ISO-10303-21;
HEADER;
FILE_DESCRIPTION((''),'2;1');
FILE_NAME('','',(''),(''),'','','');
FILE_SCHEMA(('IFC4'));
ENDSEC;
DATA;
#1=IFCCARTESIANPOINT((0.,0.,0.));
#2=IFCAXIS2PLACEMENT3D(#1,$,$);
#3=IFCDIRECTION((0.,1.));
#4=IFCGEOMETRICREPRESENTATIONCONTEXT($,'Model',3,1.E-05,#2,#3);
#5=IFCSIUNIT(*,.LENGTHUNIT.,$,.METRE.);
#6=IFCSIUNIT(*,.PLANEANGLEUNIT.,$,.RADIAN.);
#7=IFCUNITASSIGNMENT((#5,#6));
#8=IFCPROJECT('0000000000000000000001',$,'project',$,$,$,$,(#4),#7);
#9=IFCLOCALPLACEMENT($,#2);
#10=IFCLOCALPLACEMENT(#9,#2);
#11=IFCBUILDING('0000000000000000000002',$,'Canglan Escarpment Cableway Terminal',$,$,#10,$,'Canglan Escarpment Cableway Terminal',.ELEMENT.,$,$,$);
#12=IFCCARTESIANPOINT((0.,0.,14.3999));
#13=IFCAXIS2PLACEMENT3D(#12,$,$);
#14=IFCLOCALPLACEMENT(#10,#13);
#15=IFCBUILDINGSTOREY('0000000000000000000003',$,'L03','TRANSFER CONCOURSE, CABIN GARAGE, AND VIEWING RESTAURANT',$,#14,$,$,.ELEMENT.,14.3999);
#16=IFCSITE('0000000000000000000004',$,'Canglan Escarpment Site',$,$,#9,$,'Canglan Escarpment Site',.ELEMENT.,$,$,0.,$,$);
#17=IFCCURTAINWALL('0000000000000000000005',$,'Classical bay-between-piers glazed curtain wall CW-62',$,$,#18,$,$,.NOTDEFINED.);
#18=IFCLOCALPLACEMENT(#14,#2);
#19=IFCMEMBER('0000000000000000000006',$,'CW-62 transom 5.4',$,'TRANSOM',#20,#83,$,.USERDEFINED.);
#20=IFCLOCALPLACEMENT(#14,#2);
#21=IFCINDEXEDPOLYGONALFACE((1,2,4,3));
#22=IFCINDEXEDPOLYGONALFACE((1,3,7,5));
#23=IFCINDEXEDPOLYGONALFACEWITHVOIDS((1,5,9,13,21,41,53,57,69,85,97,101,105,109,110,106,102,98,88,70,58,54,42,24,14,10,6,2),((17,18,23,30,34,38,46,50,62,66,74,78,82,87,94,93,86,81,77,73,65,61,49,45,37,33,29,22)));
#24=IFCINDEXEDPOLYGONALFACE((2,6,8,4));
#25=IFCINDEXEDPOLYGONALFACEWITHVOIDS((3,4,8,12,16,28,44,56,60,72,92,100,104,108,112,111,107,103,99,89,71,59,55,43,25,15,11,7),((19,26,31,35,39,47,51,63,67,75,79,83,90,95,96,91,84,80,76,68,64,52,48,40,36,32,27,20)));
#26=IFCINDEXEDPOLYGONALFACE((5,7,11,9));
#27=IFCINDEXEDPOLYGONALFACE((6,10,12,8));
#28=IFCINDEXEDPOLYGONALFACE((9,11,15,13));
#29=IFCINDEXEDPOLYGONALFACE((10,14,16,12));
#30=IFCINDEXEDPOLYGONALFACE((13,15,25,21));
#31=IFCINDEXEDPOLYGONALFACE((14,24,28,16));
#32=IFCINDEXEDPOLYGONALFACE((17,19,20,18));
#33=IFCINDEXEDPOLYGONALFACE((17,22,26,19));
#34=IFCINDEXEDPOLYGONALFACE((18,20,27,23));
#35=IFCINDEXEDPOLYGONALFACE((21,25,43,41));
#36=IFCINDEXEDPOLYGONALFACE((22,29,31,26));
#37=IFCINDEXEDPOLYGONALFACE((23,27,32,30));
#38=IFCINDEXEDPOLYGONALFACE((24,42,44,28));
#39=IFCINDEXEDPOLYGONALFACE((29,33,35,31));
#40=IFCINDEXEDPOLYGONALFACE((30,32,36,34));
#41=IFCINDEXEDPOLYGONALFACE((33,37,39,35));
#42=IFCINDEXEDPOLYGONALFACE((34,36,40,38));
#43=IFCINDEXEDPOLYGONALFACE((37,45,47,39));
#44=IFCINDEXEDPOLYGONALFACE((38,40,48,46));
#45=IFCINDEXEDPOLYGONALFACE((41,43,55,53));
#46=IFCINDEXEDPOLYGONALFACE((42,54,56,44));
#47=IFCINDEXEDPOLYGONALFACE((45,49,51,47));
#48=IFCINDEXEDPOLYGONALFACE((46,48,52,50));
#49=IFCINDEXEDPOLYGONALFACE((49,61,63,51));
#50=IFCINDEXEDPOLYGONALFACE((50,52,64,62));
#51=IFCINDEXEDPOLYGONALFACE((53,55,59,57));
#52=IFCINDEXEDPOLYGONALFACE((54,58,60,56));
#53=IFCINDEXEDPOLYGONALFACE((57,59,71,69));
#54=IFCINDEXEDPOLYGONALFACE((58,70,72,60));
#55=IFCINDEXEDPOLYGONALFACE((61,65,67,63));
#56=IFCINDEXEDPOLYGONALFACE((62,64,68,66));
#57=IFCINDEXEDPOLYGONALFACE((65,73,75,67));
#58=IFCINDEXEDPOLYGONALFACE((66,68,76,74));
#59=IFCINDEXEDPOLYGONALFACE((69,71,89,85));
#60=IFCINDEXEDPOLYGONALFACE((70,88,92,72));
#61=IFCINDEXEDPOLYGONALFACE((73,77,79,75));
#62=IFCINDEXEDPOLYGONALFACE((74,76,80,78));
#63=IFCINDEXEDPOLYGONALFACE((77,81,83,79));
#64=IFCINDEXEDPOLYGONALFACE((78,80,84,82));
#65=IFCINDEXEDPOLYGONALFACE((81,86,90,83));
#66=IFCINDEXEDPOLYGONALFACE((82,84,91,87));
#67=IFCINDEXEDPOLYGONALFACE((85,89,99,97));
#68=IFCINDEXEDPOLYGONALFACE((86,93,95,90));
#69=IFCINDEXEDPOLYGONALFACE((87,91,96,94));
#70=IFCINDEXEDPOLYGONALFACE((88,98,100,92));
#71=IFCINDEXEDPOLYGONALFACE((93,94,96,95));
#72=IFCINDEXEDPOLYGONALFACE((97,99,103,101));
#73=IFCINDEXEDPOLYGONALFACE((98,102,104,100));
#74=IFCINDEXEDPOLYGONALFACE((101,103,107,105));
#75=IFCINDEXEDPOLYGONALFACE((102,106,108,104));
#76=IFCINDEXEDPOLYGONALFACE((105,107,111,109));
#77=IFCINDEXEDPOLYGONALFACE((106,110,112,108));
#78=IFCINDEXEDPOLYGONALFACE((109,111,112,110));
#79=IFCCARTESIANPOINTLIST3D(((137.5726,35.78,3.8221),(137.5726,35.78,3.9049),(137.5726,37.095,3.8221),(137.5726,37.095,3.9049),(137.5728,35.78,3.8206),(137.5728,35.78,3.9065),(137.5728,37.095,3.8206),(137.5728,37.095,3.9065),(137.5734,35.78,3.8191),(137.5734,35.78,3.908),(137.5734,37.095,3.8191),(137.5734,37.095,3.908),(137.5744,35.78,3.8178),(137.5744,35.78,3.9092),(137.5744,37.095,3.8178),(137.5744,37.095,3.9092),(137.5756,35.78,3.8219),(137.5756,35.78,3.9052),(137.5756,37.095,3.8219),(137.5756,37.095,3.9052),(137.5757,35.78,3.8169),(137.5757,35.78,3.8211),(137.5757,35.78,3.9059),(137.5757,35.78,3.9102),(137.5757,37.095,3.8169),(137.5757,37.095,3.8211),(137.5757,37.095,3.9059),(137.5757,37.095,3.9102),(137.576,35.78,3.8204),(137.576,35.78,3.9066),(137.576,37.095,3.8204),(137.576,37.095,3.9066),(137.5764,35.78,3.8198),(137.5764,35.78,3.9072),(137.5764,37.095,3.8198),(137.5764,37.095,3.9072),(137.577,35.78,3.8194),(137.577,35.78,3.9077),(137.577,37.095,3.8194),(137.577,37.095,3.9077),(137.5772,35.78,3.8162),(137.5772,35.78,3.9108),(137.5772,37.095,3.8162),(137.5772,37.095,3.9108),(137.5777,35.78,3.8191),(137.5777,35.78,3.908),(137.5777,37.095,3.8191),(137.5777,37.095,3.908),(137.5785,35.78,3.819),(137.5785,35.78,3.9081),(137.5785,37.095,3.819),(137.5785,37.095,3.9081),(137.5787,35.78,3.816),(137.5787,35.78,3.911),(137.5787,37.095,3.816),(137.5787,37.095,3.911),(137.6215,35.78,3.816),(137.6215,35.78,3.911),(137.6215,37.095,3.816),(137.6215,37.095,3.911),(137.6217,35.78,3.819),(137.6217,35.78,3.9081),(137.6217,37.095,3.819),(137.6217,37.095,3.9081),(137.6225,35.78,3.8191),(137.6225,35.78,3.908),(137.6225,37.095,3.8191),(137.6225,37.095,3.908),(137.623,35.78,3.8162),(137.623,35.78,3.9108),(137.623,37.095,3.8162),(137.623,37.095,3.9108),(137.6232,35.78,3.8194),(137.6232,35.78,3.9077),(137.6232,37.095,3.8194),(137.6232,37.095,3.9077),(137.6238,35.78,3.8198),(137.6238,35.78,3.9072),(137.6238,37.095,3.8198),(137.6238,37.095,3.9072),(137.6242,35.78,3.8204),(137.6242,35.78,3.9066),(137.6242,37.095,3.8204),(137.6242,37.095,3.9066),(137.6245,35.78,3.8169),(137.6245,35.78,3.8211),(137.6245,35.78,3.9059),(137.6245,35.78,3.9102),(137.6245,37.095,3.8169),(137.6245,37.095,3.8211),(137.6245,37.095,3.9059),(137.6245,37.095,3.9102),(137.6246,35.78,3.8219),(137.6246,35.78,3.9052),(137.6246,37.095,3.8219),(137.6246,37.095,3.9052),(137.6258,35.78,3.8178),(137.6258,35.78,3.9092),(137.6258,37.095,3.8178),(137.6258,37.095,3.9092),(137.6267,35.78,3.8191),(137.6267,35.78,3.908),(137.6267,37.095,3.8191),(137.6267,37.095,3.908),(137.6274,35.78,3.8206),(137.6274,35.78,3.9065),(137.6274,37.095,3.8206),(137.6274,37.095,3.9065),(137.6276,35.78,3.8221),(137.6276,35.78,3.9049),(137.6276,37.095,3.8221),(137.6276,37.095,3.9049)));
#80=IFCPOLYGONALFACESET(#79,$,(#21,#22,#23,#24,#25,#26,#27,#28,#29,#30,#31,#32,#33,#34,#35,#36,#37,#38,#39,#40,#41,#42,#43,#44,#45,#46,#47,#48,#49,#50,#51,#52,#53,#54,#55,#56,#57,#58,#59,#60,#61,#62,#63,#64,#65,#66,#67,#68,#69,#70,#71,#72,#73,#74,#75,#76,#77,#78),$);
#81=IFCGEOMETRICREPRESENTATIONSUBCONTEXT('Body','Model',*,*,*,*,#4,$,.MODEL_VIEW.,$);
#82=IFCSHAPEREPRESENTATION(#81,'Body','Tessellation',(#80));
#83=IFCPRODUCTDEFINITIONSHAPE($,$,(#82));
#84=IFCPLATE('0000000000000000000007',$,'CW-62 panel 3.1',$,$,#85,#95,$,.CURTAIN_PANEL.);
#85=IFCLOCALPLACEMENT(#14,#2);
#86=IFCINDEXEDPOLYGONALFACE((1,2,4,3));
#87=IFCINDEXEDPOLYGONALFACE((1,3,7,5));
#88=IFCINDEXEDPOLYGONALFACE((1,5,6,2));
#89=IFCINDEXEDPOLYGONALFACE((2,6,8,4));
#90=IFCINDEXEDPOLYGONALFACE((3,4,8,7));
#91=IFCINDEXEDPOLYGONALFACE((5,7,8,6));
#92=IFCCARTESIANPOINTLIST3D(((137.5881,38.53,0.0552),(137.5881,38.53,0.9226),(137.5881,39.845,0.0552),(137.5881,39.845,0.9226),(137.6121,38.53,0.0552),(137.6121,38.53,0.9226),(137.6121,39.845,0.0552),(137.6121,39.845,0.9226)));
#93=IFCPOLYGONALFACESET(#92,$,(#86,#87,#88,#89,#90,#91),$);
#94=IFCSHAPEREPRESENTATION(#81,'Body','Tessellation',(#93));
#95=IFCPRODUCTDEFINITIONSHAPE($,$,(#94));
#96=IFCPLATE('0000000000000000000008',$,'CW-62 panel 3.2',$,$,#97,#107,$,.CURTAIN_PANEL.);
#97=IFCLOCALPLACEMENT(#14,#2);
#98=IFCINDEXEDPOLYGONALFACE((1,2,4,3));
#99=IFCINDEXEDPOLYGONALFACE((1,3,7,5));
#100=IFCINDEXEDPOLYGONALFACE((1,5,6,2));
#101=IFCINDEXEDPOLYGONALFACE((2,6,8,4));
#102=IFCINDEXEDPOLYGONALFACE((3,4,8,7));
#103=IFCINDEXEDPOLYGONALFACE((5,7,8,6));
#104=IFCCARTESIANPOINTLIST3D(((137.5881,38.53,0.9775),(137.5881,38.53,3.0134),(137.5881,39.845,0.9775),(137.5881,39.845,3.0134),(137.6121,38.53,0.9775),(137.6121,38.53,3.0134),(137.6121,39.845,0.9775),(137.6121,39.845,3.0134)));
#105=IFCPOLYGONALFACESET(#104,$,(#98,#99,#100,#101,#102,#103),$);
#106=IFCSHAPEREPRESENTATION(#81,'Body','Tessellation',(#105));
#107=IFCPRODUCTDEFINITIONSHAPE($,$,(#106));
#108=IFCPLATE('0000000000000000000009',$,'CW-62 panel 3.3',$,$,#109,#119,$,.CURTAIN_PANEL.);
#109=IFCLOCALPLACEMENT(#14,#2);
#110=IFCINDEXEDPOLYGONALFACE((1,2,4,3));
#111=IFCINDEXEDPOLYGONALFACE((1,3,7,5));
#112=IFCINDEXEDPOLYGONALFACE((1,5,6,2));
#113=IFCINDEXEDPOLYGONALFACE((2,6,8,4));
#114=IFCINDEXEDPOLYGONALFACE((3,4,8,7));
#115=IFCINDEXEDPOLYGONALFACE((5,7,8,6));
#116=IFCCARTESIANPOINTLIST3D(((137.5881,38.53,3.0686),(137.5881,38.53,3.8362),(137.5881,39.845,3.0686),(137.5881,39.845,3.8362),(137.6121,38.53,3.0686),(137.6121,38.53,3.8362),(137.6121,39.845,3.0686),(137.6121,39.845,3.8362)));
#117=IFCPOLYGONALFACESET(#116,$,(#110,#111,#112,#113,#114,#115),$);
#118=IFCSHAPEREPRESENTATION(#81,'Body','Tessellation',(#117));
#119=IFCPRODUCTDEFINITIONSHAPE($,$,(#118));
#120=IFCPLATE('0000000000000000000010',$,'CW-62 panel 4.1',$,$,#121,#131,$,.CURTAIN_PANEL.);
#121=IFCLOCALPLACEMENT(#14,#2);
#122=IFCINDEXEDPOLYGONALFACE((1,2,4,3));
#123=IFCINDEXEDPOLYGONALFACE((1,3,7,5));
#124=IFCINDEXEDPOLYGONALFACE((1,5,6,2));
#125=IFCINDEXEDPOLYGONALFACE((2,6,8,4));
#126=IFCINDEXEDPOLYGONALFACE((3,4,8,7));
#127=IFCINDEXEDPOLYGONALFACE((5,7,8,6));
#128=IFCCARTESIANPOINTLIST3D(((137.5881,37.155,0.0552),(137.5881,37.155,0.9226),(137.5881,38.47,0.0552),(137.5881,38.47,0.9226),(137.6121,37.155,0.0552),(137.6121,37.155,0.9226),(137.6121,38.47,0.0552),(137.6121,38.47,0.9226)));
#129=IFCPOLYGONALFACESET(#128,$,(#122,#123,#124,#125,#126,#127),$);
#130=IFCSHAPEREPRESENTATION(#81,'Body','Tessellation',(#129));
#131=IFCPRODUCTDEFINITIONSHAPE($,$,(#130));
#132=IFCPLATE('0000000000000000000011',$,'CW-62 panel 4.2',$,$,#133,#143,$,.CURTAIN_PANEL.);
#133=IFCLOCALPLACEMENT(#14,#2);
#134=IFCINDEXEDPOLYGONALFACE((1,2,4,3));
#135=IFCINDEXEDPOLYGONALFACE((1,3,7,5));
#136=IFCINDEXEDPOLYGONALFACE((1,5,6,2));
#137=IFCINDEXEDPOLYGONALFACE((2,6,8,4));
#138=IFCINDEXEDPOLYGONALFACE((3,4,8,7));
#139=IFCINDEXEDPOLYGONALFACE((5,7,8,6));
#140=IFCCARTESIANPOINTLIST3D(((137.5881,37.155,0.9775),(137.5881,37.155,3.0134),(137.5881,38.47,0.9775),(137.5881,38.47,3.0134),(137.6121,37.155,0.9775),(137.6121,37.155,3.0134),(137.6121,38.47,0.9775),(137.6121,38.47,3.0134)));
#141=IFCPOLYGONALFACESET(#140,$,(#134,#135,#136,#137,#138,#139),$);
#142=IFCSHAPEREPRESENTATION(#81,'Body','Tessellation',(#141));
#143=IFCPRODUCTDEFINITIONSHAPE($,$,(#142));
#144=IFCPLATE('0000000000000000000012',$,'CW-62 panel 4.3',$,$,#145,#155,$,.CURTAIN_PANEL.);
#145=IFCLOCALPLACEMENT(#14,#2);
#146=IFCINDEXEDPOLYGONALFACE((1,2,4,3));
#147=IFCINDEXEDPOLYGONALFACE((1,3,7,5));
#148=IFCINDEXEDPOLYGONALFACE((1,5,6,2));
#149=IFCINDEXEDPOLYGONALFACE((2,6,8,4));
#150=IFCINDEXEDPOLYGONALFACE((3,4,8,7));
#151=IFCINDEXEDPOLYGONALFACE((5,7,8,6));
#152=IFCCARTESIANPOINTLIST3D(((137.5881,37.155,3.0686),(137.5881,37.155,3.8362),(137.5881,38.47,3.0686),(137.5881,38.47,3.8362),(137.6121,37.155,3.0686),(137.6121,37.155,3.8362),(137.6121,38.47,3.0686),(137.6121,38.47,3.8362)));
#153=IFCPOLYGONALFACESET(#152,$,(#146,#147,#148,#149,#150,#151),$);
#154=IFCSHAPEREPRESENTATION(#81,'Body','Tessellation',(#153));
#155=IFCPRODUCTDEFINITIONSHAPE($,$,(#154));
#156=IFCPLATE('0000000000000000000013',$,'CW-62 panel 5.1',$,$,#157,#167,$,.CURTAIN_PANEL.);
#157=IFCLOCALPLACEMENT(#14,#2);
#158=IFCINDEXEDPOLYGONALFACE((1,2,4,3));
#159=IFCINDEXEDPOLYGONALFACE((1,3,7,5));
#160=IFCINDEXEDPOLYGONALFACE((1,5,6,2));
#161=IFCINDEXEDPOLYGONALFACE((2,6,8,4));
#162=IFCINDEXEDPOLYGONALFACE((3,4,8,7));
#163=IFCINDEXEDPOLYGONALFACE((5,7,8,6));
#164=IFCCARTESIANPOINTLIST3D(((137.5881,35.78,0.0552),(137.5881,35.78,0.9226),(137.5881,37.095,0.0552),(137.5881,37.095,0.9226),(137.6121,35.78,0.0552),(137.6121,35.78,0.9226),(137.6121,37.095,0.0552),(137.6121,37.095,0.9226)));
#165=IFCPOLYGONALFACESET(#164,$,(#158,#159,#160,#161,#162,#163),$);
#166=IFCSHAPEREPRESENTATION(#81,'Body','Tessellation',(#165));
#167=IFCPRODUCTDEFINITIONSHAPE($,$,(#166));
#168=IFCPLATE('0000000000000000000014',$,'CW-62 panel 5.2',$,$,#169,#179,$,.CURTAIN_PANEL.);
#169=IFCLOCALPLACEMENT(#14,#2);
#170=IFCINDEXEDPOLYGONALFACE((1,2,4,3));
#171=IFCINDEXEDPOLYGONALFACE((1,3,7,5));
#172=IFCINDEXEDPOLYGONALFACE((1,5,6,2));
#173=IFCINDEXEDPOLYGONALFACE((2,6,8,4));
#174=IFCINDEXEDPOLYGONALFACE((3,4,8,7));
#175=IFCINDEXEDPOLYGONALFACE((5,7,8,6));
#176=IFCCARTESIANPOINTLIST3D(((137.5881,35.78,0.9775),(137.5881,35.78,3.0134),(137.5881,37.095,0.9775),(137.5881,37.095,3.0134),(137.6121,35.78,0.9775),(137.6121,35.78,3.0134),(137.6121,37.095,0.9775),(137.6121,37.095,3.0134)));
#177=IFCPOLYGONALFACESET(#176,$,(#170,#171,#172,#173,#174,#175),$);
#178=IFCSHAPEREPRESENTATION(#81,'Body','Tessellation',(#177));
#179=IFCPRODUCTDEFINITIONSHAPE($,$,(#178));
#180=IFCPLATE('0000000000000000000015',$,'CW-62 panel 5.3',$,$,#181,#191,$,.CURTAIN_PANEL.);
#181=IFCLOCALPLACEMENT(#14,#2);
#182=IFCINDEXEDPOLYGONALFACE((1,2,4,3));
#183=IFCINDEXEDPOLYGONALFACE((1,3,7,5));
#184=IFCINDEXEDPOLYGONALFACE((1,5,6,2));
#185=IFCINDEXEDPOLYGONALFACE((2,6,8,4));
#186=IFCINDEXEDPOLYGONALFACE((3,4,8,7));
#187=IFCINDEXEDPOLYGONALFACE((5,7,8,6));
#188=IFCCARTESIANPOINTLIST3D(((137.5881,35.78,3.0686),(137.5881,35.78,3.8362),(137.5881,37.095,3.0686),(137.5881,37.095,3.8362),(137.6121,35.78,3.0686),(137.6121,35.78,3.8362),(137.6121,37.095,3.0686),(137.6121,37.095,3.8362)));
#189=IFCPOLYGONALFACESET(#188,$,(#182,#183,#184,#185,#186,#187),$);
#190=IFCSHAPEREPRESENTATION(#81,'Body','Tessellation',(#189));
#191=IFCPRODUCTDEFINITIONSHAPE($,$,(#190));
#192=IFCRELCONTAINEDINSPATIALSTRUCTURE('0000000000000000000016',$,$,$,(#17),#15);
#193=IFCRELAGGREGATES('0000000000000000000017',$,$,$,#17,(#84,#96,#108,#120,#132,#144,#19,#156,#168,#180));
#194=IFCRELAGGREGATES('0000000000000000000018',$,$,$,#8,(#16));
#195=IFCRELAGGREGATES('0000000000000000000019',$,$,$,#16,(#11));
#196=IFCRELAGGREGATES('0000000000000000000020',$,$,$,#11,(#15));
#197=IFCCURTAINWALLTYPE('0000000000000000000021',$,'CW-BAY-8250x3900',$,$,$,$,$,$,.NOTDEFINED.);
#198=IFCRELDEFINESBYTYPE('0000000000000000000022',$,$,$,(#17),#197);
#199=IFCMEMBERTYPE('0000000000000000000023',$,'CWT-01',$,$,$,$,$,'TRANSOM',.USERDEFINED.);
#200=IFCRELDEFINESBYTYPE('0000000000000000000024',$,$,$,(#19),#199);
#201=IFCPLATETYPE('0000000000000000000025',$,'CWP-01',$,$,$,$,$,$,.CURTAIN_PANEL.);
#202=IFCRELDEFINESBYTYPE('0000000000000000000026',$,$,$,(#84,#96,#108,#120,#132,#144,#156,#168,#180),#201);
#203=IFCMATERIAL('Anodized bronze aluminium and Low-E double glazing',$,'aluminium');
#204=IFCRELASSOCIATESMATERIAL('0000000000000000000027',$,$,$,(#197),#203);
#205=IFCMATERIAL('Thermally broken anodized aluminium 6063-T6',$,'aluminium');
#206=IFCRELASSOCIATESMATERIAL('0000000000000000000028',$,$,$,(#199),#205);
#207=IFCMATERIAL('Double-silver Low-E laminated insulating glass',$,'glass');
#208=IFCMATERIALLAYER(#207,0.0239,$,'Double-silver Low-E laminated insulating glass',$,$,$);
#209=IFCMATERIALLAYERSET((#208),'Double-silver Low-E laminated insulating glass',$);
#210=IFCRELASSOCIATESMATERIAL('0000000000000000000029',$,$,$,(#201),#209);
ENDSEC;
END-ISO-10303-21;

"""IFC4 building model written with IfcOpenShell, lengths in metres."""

from ifc_helpers import new_model, si_unit, direction, frame, origin, origin_2d, place, context, subcontext, project, spatial, rectangle, hollow_rectangle, extrude, material, layer, layer_set, material_profile, profile_set, type_object, element, aggregate, save


model = new_model("IFC4")

# Units and contexts
model_context = context("Model", 3, precision=1e-05, world=origin(), true_north=direction((0.0, 1.0)))
body_context = subcontext(model_context, "Body", "Model", "MODEL_VIEW")
ifc_project = project(units=[si_unit("LENGTHUNIT", "METRE"), si_unit("PLANEANGLEUNIT", "RADIAN")], contexts=[model_context])

# Site, building, storey
site_placement = place(None, origin())
site = spatial("IfcSite", under=ifc_project, at=site_placement, Name="Canglan Escarpment Site", LongName="Canglan Escarpment Site", CompositionType="ELEMENT", RefElevation=0.0)
building_placement = place(site_placement, origin())
building = spatial("IfcBuilding", under=site, at=building_placement, Name="Canglan Escarpment Cableway Terminal", LongName="Canglan Escarpment Cableway Terminal", CompositionType="ELEMENT")
storey_placement = place(building_placement, frame((0.0, 0.0, 14.3999)))
storey = spatial("IfcBuildingStorey", under=building, at=storey_placement, Name="L03", Description="TRANSFER CONCOURSE, CABIN GARAGE, AND VIEWING RESTAURANT", CompositionType="ELEMENT", Elevation=14.3999)

# Curtain wall, member, plates
ifc_material_1 = material(Name="Anodized bronze aluminium and Low-E double glazing", Category="aluminium")
curtain_wall_type = type_object("IfcCurtainWallType", Name="CW-BAY-8250x3900", PredefinedType="NOTDEFINED", material=ifc_material_1)
curtain_wall_placement = place(storey_placement, origin())
curtain_wall = element("IfcCurtainWall", 1, at=curtain_wall_placement, inside=storey, type_object=curtain_wall_type, Name="Classical bay-between-piers glazed curtain wall CW-62", PredefinedType="NOTDEFINED")
ifc_material_2 = material(Name="Thermally broken anodized aluminium 6063-T6", Category="aluminium")
ifc_material_profile_1 = material_profile(ifc_material_2, hollow_rectangle(XDim=0.0549, YDim=0.095, WallThickness=0.0029, InnerFilletRadius=0.0029, OuterFilletRadius=0.0061, at=origin_2d()), Name="ALU-TRAN 55x95x3")
ifc_profile_set_1 = profile_set([ifc_material_profile_1], Name="Thermally broken anodized aluminium 6063-T6")
member_type_1 = type_object("IfcMemberType", Name="CWT-01", ElementType="TRANSOM", PredefinedType="USERDEFINED", material=ifc_profile_set_1)
member_1_placement = place(storey_placement, frame((137.6001, 37.095, 3.8635), z_axis=(0.0, -1.0, 0.0), x_axis=(1.0, 0.0, 0.0)))
member_1 = element("IfcMember", 2, at=member_1_placement, type_object=member_type_1, Name="CW-62 transom 5.4", ObjectType="TRANSOM", PredefinedType="USERDEFINED", context=body_context, shape_type="SweptSolid", body=[
    extrude(hollow_rectangle(XDim=0.0549, YDim=0.095, WallThickness=0.0029, InnerFilletRadius=0.0029, OuterFilletRadius=0.0061, at=origin_2d()), origin(), (0.0, 0.0, 1.0), 1.3149),
])
ifc_material_3 = material(Name="Double-silver Low-E laminated insulating glass", Category="glass")
ifc_layer_1 = layer(ifc_material_3, 0.0239, Name="Double-silver Low-E laminated insulating glass")
ifc_layer_set_1 = layer_set([ifc_layer_1], Name="Double-silver Low-E laminated insulating glass")
plate_type = type_object("IfcPlateType", Name="CWP-01", PredefinedType="CURTAIN_PANEL", material=ifc_layer_set_1)
plate_1_placement = place(storey_placement, frame((137.6001, 39.1875, 0.0552), z_axis=(0.0, 0.0, 1.0), x_axis=(0.0, -1.0, 0.0)))
plate_1 = element("IfcPlate", 3, at=plate_1_placement, type_object=plate_type, Name="CW-62 panel 3.1", PredefinedType="CURTAIN_PANEL", context=body_context, shape_type="SweptSolid", body=[
    extrude(rectangle(XDim=1.3149, YDim=0.0239, at=origin_2d()), origin(), (0.0, 0.0, 1.0), 0.8674),
])
plate_2_placement = place(storey_placement, frame((137.6001, 39.1875, 0.9775), z_axis=(0.0, 0.0, 1.0), x_axis=(0.0, -1.0, 0.0)))
plate_2 = element("IfcPlate", 4, at=plate_2_placement, type_object=plate_type, Name="CW-62 panel 3.2", PredefinedType="CURTAIN_PANEL", context=body_context, shape_type="SweptSolid", body=[
    extrude(rectangle(XDim=1.3149, YDim=0.0239, at=origin_2d()), origin(), (0.0, 0.0, 1.0), 2.0359),
])
plate_3_placement = place(storey_placement, frame((137.6001, 39.1875, 3.0686), z_axis=(0.0, 0.0, 1.0), x_axis=(0.0, -1.0, 0.0)))
plate_3 = element("IfcPlate", 5, at=plate_3_placement, type_object=plate_type, Name="CW-62 panel 3.3", PredefinedType="CURTAIN_PANEL", context=body_context, shape_type="SweptSolid", body=[
    extrude(rectangle(XDim=1.3149, YDim=0.0239, at=origin_2d()), origin(), (0.0, 0.0, 1.0), 0.7676),
])
plate_4_placement = place(storey_placement, frame((137.6001, 37.8125, 0.0552), z_axis=(0.0, 0.0, 1.0), x_axis=(0.0, -1.0, 0.0)))
plate_4 = element("IfcPlate", 6, at=plate_4_placement, type_object=plate_type, Name="CW-62 panel 4.1", PredefinedType="CURTAIN_PANEL", context=body_context, shape_type="SweptSolid", body=[
    extrude(rectangle(XDim=1.3149, YDim=0.0239, at=origin_2d()), origin(), (0.0, 0.0, 1.0), 0.8674),
])
plate_5_placement = place(storey_placement, frame((137.6001, 37.8125, 0.9775), z_axis=(0.0, 0.0, 1.0), x_axis=(0.0, -1.0, 0.0)))
plate_5 = element("IfcPlate", 7, at=plate_5_placement, type_object=plate_type, Name="CW-62 panel 4.2", PredefinedType="CURTAIN_PANEL", context=body_context, shape_type="SweptSolid", body=[
    extrude(rectangle(XDim=1.3149, YDim=0.0239, at=origin_2d()), origin(), (0.0, 0.0, 1.0), 2.0359),
])
plate_6_placement = place(storey_placement, frame((137.6001, 37.8125, 3.0686), z_axis=(0.0, 0.0, 1.0), x_axis=(0.0, -1.0, 0.0)))
plate_6 = element("IfcPlate", 8, at=plate_6_placement, type_object=plate_type, Name="CW-62 panel 4.3", PredefinedType="CURTAIN_PANEL", context=body_context, shape_type="SweptSolid", body=[
    extrude(rectangle(XDim=1.3149, YDim=0.0239, at=origin_2d()), origin(), (0.0, 0.0, 1.0), 0.7676),
])
plate_7_placement = place(storey_placement, frame((137.6001, 36.4375, 0.0552), z_axis=(0.0, 0.0, 1.0), x_axis=(0.0, -1.0, 0.0)))
plate_7 = element("IfcPlate", 9, at=plate_7_placement, type_object=plate_type, Name="CW-62 panel 5.1", PredefinedType="CURTAIN_PANEL", context=body_context, shape_type="SweptSolid", body=[
    extrude(rectangle(XDim=1.3149, YDim=0.0239, at=origin_2d()), origin(), (0.0, 0.0, 1.0), 0.8674),
])
plate_8_placement = place(storey_placement, frame((137.6001, 36.4375, 0.9775), z_axis=(0.0, 0.0, 1.0), x_axis=(0.0, -1.0, 0.0)))
plate_8 = element("IfcPlate", 10, at=plate_8_placement, type_object=plate_type, Name="CW-62 panel 5.2", PredefinedType="CURTAIN_PANEL", context=body_context, shape_type="SweptSolid", body=[
    extrude(rectangle(XDim=1.3149, YDim=0.0239, at=origin_2d()), origin(), (0.0, 0.0, 1.0), 2.0359),
])
plate_9_placement = place(storey_placement, frame((137.6001, 36.4375, 3.0686), z_axis=(0.0, 0.0, 1.0), x_axis=(0.0, -1.0, 0.0)))
plate_9 = element("IfcPlate", 11, at=plate_9_placement, type_object=plate_type, Name="CW-62 panel 5.3", PredefinedType="CURTAIN_PANEL", context=body_context, shape_type="SweptSolid", body=[
    extrude(rectangle(XDim=1.3149, YDim=0.0239, at=origin_2d()), origin(), (0.0, 0.0, 1.0), 0.7676),
])
aggregate(curtain_wall, [plate_1, plate_2, plate_3, plate_4, plate_5, plate_6, member_1, plate_7, plate_8, plate_9])

save(model, "model.ifc")
